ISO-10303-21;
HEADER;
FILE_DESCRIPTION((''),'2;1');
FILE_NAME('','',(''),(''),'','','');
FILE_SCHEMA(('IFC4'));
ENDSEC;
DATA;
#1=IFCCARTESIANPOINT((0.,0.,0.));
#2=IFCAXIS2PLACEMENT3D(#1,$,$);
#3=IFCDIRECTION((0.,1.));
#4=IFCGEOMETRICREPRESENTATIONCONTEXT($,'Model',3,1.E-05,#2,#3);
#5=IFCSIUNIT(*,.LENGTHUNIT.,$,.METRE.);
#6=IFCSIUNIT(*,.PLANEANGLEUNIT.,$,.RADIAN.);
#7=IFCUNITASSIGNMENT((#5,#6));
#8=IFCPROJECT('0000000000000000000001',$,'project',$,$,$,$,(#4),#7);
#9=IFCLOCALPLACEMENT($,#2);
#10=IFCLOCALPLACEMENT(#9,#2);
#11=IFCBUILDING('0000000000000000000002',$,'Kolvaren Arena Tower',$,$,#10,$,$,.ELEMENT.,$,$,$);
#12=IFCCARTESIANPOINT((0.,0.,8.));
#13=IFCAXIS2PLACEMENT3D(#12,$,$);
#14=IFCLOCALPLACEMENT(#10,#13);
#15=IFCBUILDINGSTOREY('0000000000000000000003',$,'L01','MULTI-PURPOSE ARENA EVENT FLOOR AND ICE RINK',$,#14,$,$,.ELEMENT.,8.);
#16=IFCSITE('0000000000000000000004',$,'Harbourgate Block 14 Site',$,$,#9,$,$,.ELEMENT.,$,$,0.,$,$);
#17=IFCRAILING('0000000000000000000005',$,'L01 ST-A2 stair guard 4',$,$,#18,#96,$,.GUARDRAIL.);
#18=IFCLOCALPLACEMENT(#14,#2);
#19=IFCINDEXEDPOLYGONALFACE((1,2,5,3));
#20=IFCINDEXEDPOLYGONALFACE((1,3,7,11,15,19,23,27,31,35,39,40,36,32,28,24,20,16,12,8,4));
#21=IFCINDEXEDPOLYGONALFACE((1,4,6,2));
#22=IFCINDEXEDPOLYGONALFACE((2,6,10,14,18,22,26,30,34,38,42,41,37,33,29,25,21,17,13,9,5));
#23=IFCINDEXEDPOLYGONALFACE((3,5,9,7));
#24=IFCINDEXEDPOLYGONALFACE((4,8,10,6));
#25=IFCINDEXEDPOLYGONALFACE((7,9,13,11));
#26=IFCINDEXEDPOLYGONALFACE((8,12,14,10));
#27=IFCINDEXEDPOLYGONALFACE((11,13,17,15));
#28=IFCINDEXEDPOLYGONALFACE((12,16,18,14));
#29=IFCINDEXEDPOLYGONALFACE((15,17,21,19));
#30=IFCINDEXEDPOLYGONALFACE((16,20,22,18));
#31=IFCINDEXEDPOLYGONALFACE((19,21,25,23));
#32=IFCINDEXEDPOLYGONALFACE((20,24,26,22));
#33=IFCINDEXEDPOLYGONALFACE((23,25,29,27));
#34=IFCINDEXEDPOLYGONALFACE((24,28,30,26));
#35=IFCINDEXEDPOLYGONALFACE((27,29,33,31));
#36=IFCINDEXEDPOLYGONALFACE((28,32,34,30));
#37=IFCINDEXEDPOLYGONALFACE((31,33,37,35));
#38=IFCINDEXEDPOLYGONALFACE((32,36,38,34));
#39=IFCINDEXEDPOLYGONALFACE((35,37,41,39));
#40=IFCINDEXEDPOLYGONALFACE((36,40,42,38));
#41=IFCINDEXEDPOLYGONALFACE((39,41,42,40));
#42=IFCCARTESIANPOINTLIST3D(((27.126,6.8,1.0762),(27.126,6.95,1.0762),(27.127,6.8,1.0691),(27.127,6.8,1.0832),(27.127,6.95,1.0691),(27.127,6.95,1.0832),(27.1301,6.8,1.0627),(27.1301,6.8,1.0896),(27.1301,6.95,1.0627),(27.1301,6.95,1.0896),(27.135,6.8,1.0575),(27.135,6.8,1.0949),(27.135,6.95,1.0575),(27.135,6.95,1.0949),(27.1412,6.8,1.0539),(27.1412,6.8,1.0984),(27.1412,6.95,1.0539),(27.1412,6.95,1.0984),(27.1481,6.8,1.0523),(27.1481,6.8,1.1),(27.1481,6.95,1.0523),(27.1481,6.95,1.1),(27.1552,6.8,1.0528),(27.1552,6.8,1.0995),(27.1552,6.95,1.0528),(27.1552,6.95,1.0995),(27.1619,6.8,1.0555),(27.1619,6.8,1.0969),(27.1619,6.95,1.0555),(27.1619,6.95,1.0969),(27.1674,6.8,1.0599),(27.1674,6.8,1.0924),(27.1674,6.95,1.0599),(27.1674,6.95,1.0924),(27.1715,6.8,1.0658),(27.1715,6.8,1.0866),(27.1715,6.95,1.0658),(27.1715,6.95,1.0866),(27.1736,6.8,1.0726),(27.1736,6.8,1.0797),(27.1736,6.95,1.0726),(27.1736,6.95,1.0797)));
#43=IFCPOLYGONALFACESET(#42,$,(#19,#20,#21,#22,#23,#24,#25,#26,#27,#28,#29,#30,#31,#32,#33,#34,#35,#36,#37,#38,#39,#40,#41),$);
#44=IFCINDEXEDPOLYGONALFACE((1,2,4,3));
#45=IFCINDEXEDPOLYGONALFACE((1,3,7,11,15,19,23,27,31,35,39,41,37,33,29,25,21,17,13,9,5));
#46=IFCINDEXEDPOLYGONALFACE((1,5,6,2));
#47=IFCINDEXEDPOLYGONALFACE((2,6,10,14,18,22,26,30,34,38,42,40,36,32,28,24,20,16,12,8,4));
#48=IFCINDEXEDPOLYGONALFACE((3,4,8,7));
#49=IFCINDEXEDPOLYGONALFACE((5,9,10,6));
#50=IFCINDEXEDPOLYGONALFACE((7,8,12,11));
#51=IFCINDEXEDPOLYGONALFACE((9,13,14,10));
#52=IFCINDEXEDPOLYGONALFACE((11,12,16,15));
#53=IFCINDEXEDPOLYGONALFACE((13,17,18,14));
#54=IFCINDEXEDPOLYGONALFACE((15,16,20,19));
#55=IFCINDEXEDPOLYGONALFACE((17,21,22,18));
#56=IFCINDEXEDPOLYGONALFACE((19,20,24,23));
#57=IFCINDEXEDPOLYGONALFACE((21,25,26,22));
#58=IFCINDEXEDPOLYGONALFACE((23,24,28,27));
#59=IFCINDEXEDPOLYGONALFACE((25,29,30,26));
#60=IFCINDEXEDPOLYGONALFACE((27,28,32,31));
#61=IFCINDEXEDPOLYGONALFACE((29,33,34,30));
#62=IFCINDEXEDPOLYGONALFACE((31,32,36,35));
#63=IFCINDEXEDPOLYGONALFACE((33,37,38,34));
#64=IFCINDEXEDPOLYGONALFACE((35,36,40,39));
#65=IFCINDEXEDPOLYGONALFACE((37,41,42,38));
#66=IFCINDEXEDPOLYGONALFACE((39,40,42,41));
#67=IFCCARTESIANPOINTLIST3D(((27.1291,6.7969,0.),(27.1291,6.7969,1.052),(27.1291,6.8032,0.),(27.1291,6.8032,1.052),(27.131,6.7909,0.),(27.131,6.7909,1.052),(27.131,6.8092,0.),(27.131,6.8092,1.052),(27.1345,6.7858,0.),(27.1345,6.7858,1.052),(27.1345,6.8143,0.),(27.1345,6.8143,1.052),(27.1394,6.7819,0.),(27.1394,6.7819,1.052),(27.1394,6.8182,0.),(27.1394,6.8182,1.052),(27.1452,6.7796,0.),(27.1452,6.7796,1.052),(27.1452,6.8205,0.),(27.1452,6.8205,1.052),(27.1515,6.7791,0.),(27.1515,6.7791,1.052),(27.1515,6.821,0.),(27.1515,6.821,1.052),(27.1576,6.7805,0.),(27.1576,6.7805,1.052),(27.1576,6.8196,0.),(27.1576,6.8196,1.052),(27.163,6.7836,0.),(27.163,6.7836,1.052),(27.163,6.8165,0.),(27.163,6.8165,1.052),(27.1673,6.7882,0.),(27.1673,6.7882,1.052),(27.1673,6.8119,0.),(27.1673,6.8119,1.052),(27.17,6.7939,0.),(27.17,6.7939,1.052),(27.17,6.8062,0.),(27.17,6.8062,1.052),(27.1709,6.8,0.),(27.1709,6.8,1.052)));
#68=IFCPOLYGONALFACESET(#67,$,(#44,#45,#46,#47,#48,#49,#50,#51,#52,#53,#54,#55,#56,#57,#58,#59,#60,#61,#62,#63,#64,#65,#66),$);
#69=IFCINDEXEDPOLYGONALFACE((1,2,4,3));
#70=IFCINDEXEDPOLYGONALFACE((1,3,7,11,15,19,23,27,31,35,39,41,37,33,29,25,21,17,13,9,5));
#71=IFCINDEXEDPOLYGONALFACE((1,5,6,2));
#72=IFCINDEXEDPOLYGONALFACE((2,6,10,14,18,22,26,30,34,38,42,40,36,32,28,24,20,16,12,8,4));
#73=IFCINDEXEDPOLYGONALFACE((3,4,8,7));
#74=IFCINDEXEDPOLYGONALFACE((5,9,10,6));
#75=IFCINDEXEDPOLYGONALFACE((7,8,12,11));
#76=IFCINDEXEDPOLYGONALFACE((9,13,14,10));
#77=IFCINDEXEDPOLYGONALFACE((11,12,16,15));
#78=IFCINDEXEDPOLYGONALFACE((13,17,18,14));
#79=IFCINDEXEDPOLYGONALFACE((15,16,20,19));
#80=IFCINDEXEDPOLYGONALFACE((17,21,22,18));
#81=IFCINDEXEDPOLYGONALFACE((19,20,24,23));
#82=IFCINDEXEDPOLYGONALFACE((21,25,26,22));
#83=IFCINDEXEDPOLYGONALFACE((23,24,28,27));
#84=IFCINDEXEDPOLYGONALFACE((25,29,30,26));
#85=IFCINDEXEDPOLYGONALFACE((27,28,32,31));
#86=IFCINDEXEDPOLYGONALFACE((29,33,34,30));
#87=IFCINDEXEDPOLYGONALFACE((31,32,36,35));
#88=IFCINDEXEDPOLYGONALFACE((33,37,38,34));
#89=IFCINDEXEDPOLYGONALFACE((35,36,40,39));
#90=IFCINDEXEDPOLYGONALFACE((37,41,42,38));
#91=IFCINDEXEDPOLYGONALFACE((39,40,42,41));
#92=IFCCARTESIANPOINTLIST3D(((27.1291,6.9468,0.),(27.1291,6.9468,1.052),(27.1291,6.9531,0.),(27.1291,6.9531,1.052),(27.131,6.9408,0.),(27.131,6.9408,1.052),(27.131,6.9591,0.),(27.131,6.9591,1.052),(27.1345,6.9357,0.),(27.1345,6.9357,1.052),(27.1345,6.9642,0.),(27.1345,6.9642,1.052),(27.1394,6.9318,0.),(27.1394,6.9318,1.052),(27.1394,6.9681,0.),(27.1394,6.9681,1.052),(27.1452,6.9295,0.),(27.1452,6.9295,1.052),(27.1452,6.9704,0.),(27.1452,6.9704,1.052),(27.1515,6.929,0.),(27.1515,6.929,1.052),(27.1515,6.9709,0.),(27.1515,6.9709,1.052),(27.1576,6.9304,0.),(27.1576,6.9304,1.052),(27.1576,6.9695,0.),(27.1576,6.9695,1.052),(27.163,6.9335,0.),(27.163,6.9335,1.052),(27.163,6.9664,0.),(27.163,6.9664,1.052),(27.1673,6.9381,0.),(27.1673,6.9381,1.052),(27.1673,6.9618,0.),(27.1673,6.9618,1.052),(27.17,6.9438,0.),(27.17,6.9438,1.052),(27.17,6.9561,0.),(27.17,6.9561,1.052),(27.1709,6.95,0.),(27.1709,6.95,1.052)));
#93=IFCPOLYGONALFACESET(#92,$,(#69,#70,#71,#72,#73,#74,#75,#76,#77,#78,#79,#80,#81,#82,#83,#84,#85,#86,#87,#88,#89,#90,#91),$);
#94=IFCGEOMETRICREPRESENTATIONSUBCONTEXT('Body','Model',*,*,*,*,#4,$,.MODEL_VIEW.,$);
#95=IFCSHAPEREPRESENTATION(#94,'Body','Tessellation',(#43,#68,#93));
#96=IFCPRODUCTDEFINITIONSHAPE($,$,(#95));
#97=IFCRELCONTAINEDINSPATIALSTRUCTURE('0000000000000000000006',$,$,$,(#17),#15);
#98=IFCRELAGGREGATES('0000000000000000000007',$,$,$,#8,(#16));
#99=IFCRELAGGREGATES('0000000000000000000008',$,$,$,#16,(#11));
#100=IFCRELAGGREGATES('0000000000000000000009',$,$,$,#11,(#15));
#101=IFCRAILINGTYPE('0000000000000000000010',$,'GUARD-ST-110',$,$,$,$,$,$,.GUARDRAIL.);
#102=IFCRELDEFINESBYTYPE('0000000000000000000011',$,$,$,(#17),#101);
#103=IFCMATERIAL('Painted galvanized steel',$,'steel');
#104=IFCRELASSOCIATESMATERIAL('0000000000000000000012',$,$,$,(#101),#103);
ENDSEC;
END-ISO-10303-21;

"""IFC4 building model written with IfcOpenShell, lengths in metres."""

from ifc_helpers import new_model, si_unit, direction, frame, origin, origin_2d, place, context, subcontext, project, spatial, circle, extrude, material, type_object, element, save


model = new_model("IFC4")

# Units and contexts
model_context = context("Model", 3, precision=1e-05, world=origin(), true_north=direction((0.0, 1.0)))
body_context = subcontext(model_context, "Body", "Model", "MODEL_VIEW")
ifc_project = project(units=[si_unit("LENGTHUNIT", "METRE"), si_unit("PLANEANGLEUNIT", "RADIAN")], contexts=[model_context])

# Site, building, storey
site_placement = place(None, origin())
site = spatial("IfcSite", under=ifc_project, at=site_placement, Name="Harbourgate Block 14 Site", CompositionType="ELEMENT", RefElevation=0.0)
building_placement = place(site_placement, origin())
building = spatial("IfcBuilding", under=site, at=building_placement, Name="Kolvaren Arena Tower", CompositionType="ELEMENT")
storey_placement = place(building_placement, frame((0.0, 0.0, 8.0)))
storey = spatial("IfcBuildingStorey", under=building, at=storey_placement, Name="L01", Description="MULTI-PURPOSE ARENA EVENT FLOOR AND ICE RINK", CompositionType="ELEMENT", Elevation=8.0)

# Railing
ifc_material_1 = material(Name="Painted galvanized steel", Category="steel")
railing_type_1 = type_object("IfcRailingType", Name="GUARD-ST-110", PredefinedType="GUARDRAIL", material=ifc_material_1)
railing_1_placement = place(storey_placement, frame((27.1499, 6.8, 0.0)))
element("IfcRailing", 1, at=railing_1_placement, inside=storey, type_object=railing_type_1, Name="L01 ST-A2 stair guard 4", PredefinedType="GUARDRAIL", context=body_context, shape_type="SweptSolid", body=[
    extrude(circle(Radius=0.0239, at=origin_2d()), frame((0.0, 0.0, 1.0762), z_axis=(0.0, 1.0, 0.0), x_axis=(-1.0, 0.0, 0.0)), (0.0, 0.0, 1.0), 0.1499),
    extrude(circle(Radius=0.021, at=origin_2d()), origin(), (0.0, 0.0, 1.0), 1.052),
    extrude(circle(Radius=0.021, at=origin_2d()), frame((0.0, 0.1499, 0.0)), (0.0, 0.0, 1.0), 1.052),
])

save(model, "model.ifc")
